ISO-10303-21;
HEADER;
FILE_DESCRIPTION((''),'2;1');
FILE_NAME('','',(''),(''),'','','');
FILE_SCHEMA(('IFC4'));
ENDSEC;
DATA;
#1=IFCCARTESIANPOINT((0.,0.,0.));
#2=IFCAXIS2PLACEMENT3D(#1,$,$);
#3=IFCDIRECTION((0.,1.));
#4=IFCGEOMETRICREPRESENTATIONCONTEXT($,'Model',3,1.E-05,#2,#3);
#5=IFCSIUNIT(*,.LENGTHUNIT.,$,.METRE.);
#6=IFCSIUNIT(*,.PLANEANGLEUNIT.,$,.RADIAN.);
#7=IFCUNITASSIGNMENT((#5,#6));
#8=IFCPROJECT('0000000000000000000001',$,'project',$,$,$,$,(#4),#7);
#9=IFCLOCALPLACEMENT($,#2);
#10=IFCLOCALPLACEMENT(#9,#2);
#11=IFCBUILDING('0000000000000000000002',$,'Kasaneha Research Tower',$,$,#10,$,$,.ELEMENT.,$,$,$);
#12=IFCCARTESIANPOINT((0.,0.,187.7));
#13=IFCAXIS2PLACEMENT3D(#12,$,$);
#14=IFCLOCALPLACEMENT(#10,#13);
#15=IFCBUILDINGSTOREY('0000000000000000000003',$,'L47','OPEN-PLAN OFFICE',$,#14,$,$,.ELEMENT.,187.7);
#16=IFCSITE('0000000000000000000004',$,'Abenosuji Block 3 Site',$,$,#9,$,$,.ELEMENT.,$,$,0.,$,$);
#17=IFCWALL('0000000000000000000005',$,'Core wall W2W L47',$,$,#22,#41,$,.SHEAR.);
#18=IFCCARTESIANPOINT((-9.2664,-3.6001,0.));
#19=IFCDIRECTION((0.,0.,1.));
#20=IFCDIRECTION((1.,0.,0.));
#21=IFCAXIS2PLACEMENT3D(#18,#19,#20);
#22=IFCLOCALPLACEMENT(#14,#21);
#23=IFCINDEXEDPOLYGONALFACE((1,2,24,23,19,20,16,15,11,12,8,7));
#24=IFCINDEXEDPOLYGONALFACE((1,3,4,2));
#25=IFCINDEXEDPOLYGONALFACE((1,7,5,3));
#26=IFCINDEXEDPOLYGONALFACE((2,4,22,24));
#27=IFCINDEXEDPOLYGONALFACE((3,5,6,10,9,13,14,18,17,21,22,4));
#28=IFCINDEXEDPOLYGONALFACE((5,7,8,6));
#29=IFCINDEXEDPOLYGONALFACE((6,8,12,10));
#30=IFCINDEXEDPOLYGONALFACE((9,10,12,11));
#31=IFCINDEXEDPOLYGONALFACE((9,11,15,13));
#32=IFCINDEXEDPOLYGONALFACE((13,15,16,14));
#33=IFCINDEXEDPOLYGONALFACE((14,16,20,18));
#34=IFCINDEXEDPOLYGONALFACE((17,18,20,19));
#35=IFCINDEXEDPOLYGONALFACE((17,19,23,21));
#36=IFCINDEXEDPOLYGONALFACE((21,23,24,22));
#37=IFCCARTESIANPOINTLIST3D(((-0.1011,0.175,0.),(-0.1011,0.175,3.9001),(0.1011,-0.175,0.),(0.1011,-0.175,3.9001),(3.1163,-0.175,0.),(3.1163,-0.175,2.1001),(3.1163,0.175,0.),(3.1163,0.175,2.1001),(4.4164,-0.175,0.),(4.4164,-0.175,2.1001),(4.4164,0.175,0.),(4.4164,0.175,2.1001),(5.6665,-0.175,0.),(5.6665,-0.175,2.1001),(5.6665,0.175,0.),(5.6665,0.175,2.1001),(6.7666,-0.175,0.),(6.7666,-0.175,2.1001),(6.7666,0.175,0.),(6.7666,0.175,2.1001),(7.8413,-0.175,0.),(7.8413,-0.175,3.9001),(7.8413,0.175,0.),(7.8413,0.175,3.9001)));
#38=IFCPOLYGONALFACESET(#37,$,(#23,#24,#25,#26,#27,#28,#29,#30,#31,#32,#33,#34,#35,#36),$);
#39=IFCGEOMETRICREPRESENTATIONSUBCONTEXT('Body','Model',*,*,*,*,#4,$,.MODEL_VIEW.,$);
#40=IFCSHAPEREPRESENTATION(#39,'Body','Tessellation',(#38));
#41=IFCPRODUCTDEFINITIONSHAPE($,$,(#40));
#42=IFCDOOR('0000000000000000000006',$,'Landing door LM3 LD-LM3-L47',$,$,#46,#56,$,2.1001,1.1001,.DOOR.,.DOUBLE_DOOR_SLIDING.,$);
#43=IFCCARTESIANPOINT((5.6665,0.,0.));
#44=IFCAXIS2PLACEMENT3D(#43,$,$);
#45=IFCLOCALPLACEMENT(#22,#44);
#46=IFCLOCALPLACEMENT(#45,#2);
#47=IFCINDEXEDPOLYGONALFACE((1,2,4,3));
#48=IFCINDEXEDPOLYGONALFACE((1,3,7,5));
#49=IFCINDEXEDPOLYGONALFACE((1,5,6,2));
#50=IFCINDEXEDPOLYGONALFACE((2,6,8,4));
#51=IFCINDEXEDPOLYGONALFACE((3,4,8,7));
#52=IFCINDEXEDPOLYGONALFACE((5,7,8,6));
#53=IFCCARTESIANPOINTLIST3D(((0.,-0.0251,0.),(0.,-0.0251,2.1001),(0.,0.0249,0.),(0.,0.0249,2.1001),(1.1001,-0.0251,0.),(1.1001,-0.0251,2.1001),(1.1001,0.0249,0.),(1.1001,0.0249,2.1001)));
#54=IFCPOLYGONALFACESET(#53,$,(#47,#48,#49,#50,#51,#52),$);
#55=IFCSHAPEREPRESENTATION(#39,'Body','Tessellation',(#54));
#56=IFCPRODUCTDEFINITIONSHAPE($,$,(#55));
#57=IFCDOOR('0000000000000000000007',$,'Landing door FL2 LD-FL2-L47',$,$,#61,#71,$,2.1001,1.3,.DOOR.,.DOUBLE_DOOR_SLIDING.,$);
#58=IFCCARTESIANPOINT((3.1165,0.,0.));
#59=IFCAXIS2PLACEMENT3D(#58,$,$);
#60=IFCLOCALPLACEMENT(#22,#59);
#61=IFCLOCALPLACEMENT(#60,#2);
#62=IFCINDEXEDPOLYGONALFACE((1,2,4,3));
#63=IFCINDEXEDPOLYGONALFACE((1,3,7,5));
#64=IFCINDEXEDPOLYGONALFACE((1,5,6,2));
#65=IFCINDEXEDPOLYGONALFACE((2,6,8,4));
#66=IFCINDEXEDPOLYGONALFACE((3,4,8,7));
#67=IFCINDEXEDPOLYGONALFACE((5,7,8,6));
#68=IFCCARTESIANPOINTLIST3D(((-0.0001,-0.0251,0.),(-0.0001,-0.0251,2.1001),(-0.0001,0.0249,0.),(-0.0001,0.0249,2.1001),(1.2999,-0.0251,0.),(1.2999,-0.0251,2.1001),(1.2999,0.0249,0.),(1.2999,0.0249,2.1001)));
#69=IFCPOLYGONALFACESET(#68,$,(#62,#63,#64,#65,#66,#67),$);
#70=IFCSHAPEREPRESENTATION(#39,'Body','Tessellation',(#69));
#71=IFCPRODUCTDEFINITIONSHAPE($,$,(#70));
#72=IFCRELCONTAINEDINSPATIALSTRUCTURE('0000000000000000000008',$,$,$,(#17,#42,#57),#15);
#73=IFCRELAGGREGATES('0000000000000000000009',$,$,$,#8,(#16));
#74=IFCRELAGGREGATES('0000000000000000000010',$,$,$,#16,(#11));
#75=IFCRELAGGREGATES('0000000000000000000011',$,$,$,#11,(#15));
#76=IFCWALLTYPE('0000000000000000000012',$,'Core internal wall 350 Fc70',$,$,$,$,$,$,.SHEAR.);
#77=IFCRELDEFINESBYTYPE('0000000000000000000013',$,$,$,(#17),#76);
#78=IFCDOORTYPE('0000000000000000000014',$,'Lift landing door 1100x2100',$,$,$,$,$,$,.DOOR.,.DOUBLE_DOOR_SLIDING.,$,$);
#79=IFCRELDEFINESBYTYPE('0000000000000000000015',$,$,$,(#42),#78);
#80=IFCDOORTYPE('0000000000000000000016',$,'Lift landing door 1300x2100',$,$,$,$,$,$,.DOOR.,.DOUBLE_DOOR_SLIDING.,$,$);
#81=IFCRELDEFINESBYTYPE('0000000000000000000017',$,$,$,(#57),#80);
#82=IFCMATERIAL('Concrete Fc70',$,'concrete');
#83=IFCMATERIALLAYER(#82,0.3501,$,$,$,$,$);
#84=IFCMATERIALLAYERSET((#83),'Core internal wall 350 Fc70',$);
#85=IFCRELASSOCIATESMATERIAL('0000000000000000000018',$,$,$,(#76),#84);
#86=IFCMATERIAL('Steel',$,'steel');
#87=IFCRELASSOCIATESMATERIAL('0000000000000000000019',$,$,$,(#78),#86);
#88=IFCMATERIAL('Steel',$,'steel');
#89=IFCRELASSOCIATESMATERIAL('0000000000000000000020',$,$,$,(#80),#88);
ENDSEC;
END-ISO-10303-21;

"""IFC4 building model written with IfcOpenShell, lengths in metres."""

from ifc_helpers import new_model, si_unit, direction, frame, frame_2d, origin, place, context, subcontext, project, spatial, polyline, rectangle, outline, extrude, material, layer, layer_set, type_object, element, fill, save


model = new_model("IFC4")

# Units and contexts
model_context = context("Model", 3, precision=1e-05, world=origin(), true_north=direction((0.0, 1.0)))
body_context = subcontext(model_context, "Body", "Model", "MODEL_VIEW")
ifc_project = project(units=[si_unit("LENGTHUNIT", "METRE"), si_unit("PLANEANGLEUNIT", "RADIAN")], contexts=[model_context])

# Site, building, storey
site_placement = place(None, origin())
site = spatial("IfcSite", under=ifc_project, at=site_placement, Name="Abenosuji Block 3 Site", CompositionType="ELEMENT", RefElevation=0.0)
building_placement = place(site_placement, origin())
building = spatial("IfcBuilding", under=site, at=building_placement, Name="Kasaneha Research Tower", CompositionType="ELEMENT")
storey_placement = place(building_placement, frame((0.0, 0.0, 187.7)))
storey = spatial("IfcBuildingStorey", under=building, at=storey_placement, Name="L47", Description="OPEN-PLAN OFFICE", CompositionType="ELEMENT", Elevation=187.7)

# Wall, openings, doors
ifc_material_1 = material(Name="Concrete Fc70", Category="concrete")
ifc_layer_1 = layer(ifc_material_1, 0.3501)
ifc_layer_set_1 = layer_set([ifc_layer_1], Name="Core internal wall 350 Fc70")
wall_type = type_object("IfcWallType", Name="Core internal wall 350 Fc70", PredefinedType="SHEAR", material=ifc_layer_set_1)
wall_1_placement = place(storey_placement, frame((-9.2664, -3.6001, 0.0), z_axis=(0.0, 0.0, 1.0), x_axis=(1.0, 0.0, 0.0)))
wall_1 = element("IfcWall", 1, at=wall_1_placement, inside=storey, type_object=wall_type, Name="Core wall W2W L47", PredefinedType="SHEAR", context=body_context, shape_type="SweptSolid", body=[
    extrude(outline(polyline([(0.1011, -0.175), (3.1165, -0.175), (4.4165, -0.175), (5.6665, -0.175), (6.7666, -0.175), (7.8413, -0.175), (7.8413, 0.175), (6.7666, 0.175), (5.6665, 0.175), (4.4165, 0.175), (3.1165, 0.175), (-0.1011, 0.175), (0.1011, -0.175)])), origin(), (0.0, 0.0, 1.0), 3.9001),
])
opening_1_placement = place(wall_1_placement, frame((5.6665, 0.0, 0.0)))
opening_1 = element("IfcOpeningElement", 2, at=opening_1_placement, cuts=wall_1, PredefinedType="OPENING", context=body_context, shape_type="SweptSolid", body=[
    extrude(rectangle(XDim=1.1001, YDim=2.1001, at=frame_2d((0.55, 1.05))), frame((0.0, 0.1851, 0.0), z_axis=(0.0, -1.0, 0.0), x_axis=(1.0, 0.0, 0.0)), (0.0, 0.0, 1.0), 0.3701),
])
opening_2_placement = place(wall_1_placement, frame((3.1165, 0.0, 0.0)))
opening_2 = element("IfcOpeningElement", 3, at=opening_2_placement, cuts=wall_1, PredefinedType="OPENING", context=body_context, shape_type="SweptSolid", body=[
    extrude(rectangle(XDim=1.3, YDim=2.1001, at=frame_2d((0.6499, 1.05))), frame((0.0, 0.1851, 0.0), z_axis=(0.0, -1.0, 0.0), x_axis=(1.0, 0.0, 0.0)), (0.0, 0.0, 1.0), 0.3701),
])
ifc_material_2 = material(Name="Steel", Category="steel")
door_type_1 = type_object("IfcDoorType", Name="Lift landing door 1100x2100", OperationType="DOUBLE_DOOR_SLIDING", PredefinedType="DOOR", material=ifc_material_2)
door_1_placement = place(opening_1_placement, origin())
door_1 = element("IfcDoor", 4, at=door_1_placement, inside=storey, type_object=door_type_1, Name="Landing door LM3 LD-LM3-L47", OperationType="DOUBLE_DOOR_SLIDING", OverallHeight=2.1001, OverallWidth=1.1001, PredefinedType="DOOR", context=body_context, shape_type="SweptSolid", body=[
    extrude(rectangle(XDim=1.1001, YDim=2.1001, at=frame_2d((0.55, 1.05))), frame((0.0, 0.0249, 0.0), z_axis=(0.0, -1.0, 0.0), x_axis=(1.0, 0.0, 0.0)), (0.0, 0.0, 1.0), 0.05),
])
fill(opening_1, door_1)
ifc_material_3 = material(Name="Steel", Category="steel")
door_type_2 = type_object("IfcDoorType", Name="Lift landing door 1300x2100", OperationType="DOUBLE_DOOR_SLIDING", PredefinedType="DOOR", material=ifc_material_3)
door_2_placement = place(opening_2_placement, origin())
door_2 = element("IfcDoor", 5, at=door_2_placement, inside=storey, type_object=door_type_2, Name="Landing door FL2 LD-FL2-L47", OperationType="DOUBLE_DOOR_SLIDING", OverallHeight=2.1001, OverallWidth=1.3, PredefinedType="DOOR", context=body_context, shape_type="SweptSolid", body=[
    extrude(rectangle(XDim=1.3, YDim=2.1001, at=frame_2d((0.6499, 1.05))), frame((0.0, 0.0249, 0.0), z_axis=(0.0, -1.0, 0.0), x_axis=(1.0, 0.0, 0.0)), (0.0, 0.0, 1.0), 0.05),
])
fill(opening_2, door_2)

save(model, "model.ifc")
